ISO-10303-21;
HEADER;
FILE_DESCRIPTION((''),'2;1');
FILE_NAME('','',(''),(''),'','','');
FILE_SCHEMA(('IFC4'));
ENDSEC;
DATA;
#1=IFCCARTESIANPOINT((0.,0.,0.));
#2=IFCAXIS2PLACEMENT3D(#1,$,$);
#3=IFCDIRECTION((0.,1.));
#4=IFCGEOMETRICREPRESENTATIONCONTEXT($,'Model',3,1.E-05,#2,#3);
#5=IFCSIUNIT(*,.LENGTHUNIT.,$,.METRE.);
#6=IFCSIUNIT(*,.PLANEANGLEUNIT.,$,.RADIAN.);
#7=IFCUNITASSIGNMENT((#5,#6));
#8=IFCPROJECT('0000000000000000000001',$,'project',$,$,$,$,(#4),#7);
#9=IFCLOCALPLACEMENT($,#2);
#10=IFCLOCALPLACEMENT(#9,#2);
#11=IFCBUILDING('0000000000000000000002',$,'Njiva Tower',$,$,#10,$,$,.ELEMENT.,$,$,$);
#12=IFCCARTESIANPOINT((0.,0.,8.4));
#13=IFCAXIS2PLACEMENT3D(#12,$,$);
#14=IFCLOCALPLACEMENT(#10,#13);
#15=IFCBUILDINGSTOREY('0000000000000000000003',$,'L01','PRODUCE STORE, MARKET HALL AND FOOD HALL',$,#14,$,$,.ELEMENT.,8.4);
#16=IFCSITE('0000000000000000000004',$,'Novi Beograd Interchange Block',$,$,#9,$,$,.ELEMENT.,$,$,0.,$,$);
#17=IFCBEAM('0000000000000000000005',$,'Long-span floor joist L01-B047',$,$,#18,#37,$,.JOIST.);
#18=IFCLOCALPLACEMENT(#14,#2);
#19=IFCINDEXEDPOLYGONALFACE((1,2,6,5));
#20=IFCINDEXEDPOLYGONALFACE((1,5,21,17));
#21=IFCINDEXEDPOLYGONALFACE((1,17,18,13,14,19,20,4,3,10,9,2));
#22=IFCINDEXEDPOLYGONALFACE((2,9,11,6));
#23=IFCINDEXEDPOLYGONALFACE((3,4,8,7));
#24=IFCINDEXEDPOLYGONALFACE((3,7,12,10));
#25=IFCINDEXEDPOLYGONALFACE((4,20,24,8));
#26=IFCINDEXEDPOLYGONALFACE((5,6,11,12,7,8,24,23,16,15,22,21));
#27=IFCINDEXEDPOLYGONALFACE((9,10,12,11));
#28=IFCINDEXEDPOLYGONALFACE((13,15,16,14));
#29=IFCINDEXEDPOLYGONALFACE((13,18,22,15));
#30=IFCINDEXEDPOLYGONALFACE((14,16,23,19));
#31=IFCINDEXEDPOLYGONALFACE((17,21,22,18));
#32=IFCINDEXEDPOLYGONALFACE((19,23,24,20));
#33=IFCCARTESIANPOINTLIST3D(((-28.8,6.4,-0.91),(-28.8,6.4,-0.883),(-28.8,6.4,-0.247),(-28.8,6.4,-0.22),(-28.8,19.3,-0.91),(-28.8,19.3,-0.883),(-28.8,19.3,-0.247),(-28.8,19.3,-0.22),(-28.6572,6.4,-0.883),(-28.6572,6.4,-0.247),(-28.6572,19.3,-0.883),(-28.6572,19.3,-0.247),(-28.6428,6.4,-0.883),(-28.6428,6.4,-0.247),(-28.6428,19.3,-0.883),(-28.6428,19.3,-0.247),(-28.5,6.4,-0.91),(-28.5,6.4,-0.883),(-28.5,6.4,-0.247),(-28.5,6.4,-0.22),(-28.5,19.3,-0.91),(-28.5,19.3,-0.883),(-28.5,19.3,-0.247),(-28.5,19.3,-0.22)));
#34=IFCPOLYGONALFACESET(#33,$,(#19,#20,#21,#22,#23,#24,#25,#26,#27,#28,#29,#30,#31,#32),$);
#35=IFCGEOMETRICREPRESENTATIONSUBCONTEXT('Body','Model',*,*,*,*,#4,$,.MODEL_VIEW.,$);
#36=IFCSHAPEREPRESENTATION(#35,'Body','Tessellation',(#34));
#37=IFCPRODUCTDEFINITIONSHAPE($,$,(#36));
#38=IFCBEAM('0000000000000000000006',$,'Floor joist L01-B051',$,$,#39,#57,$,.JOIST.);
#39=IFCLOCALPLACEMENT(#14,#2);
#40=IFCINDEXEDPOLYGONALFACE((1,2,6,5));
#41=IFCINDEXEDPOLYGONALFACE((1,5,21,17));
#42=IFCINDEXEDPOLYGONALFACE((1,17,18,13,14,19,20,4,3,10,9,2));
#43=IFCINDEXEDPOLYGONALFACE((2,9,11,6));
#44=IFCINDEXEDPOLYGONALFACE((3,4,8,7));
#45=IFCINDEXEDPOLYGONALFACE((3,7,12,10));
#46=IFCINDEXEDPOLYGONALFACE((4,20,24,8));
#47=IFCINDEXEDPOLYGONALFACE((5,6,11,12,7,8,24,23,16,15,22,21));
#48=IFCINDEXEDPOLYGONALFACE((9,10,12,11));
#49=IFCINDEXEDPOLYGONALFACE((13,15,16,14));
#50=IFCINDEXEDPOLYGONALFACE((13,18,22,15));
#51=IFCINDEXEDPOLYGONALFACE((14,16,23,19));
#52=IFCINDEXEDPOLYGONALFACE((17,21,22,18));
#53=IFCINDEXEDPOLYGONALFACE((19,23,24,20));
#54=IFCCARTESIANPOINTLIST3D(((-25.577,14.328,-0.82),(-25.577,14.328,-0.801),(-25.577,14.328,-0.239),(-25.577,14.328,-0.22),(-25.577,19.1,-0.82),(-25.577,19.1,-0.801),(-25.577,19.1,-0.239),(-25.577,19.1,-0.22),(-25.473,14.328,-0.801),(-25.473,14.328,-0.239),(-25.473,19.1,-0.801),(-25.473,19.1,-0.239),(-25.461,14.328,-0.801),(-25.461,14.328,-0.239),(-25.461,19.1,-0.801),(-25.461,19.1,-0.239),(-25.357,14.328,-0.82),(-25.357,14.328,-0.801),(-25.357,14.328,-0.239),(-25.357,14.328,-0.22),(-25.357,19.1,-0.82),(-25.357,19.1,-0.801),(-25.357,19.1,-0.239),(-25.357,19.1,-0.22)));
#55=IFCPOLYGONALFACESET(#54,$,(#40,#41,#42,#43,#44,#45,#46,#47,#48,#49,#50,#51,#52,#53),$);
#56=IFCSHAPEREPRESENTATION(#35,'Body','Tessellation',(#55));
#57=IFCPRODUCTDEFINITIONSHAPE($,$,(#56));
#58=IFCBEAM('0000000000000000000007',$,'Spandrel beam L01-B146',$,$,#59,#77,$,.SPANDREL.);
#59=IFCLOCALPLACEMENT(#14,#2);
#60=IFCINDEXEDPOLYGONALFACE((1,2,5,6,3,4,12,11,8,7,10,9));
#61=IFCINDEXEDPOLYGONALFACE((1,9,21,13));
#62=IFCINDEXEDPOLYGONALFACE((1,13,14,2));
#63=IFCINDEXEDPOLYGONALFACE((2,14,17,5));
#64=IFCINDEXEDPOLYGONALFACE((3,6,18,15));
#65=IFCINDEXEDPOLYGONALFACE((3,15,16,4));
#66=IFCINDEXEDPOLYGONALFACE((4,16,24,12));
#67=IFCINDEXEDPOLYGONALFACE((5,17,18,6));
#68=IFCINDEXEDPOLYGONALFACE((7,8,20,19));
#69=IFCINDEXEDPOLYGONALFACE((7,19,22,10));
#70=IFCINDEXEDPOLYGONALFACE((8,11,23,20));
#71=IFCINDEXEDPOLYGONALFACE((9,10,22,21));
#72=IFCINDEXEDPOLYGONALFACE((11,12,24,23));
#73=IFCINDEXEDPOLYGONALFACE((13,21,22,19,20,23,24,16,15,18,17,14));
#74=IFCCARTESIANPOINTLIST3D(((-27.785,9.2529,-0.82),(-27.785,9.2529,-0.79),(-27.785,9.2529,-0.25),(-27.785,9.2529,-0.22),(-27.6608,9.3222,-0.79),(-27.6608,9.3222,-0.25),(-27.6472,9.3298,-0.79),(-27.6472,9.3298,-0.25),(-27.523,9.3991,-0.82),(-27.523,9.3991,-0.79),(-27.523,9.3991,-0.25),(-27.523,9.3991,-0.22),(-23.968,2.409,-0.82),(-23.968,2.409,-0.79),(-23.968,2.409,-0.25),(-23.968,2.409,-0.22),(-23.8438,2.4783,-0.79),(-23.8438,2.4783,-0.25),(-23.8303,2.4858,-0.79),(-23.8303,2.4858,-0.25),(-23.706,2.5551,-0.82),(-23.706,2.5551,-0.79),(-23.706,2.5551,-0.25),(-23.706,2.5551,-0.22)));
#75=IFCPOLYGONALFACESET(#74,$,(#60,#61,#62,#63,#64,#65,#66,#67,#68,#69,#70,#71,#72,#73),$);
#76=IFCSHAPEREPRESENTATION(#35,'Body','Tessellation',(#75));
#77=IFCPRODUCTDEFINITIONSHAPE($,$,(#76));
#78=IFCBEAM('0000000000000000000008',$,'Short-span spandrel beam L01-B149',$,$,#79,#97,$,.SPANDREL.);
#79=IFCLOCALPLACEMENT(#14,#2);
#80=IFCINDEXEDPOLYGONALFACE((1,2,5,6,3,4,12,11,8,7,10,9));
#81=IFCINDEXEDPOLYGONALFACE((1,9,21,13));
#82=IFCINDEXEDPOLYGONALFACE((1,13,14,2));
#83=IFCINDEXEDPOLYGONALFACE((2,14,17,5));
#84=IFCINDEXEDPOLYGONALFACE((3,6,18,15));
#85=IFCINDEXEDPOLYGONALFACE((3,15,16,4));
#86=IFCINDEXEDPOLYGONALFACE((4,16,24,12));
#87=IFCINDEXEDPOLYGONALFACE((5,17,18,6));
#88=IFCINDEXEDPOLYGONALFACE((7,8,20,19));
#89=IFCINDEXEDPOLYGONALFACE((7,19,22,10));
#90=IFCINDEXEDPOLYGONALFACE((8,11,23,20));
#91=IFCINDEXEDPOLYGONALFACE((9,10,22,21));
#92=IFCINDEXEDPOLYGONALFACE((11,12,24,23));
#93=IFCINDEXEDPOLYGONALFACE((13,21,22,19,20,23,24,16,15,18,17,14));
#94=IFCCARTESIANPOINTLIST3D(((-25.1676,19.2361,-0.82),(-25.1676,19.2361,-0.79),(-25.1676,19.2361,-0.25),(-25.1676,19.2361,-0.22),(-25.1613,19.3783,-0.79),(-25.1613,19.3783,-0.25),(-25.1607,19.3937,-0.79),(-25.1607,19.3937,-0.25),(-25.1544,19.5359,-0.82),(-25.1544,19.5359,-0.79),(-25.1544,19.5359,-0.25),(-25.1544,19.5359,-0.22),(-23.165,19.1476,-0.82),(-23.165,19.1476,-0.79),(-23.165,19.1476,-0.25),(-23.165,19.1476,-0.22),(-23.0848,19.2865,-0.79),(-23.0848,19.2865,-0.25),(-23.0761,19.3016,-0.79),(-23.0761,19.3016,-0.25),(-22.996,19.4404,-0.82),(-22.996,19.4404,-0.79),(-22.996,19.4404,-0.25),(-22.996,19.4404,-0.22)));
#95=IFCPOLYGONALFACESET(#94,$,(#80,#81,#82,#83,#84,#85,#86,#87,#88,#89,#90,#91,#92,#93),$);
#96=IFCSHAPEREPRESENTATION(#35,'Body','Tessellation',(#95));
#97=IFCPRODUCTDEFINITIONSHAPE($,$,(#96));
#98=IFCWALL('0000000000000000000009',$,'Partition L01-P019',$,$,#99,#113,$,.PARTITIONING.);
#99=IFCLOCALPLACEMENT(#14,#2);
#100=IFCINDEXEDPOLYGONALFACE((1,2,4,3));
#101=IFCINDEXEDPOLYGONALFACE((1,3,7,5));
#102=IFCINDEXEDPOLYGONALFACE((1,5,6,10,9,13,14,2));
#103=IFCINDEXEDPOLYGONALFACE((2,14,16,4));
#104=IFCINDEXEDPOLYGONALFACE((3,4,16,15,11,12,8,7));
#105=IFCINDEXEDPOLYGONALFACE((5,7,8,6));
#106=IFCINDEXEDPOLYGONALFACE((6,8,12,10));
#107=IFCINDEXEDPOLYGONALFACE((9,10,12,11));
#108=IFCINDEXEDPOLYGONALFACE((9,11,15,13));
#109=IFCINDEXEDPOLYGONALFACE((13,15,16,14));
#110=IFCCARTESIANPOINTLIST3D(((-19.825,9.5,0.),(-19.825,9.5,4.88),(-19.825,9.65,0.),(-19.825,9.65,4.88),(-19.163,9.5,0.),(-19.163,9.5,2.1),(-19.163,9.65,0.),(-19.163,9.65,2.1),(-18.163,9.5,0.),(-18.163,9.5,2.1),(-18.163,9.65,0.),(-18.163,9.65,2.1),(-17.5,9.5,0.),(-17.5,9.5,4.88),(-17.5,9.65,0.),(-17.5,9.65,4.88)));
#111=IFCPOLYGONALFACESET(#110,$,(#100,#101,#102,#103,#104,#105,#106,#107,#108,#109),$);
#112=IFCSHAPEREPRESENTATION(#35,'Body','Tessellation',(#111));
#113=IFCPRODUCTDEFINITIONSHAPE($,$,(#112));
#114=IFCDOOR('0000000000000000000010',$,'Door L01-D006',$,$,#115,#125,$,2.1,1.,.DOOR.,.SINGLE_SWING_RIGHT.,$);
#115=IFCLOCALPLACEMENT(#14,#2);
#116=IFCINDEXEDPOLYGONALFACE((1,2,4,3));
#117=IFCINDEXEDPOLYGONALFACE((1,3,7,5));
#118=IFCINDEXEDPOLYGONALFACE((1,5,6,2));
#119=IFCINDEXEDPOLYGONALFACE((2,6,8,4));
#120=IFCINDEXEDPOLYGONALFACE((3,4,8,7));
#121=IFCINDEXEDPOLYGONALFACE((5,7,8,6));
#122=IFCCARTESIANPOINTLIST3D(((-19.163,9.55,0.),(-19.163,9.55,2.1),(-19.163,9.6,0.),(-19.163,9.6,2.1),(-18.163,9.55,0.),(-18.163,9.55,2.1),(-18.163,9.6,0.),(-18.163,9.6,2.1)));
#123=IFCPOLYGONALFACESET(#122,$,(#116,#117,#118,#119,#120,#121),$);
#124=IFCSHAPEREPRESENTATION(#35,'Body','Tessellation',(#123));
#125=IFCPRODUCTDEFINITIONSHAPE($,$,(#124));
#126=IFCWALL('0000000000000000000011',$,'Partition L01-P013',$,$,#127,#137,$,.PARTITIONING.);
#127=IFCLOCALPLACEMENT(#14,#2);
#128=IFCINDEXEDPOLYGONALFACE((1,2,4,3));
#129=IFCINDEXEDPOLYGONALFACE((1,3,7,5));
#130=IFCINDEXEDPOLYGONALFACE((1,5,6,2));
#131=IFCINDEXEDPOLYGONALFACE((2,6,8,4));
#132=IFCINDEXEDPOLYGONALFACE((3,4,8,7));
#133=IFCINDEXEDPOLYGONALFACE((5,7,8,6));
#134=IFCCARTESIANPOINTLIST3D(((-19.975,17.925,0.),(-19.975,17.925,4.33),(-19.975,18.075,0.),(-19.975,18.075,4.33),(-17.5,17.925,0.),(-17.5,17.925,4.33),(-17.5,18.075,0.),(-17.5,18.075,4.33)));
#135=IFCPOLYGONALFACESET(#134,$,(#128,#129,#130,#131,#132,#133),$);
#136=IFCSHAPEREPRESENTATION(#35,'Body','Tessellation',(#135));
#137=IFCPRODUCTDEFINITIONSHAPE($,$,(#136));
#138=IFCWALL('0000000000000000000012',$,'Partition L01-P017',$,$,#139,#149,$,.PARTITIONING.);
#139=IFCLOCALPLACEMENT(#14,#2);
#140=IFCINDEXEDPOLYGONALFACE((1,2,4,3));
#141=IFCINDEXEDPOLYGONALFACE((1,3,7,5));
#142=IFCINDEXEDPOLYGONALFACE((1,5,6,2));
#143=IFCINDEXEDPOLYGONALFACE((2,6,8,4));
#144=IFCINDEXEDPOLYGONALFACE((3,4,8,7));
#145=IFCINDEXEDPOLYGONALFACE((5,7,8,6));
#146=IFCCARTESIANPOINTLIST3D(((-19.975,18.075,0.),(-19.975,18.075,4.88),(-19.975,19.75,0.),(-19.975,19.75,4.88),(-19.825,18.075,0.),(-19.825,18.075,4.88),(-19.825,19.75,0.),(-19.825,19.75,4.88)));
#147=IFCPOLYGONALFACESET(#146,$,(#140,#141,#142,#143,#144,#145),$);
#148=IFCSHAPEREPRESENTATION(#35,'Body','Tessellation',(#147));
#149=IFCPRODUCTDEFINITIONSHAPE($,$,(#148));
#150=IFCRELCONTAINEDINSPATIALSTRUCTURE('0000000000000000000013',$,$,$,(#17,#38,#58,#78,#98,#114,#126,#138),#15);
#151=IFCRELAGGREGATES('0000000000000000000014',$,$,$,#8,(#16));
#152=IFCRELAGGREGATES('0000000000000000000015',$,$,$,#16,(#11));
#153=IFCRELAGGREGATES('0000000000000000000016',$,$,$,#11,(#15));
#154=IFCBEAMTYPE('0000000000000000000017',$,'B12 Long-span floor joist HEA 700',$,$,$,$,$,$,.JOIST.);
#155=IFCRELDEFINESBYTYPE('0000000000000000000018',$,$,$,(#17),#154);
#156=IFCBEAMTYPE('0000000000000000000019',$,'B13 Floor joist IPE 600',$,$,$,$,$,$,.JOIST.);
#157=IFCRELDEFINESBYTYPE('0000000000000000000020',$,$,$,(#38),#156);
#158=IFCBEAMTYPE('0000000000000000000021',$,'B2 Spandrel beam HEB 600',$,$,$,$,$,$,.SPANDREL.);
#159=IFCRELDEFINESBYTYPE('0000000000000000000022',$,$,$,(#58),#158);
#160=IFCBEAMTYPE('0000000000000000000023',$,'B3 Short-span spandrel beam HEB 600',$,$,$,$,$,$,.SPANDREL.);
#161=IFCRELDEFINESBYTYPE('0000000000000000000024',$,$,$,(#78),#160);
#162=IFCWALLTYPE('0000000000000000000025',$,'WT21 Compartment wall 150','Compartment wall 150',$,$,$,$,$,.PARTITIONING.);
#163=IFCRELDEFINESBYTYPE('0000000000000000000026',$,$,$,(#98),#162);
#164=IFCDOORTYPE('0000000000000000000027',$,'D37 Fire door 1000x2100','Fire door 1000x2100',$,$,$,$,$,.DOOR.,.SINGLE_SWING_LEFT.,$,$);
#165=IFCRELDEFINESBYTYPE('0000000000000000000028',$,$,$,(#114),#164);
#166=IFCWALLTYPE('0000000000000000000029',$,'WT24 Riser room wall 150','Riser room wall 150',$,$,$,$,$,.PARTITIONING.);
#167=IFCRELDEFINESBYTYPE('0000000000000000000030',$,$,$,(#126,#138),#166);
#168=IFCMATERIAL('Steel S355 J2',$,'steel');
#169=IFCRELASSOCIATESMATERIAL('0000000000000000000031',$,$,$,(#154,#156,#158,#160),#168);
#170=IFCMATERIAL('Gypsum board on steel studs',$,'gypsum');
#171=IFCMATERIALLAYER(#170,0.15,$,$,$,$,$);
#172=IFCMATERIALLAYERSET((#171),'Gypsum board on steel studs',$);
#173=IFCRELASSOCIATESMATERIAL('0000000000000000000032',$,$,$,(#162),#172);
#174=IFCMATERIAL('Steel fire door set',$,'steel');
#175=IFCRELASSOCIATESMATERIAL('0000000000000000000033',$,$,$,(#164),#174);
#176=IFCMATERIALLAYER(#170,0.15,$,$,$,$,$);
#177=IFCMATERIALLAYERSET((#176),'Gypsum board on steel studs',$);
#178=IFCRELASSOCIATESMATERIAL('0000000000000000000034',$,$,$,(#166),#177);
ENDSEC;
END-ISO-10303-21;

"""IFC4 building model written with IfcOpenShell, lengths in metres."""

from ifc_helpers import new_model, si_unit, direction, frame, frame_2d, origin, origin_2d, place, context, subcontext, project, spatial, rectangle, i_section, extrude, clip, halfspace, material, layer, layer_set, material_profile, profile_set, type_object, element, fill, save


model = new_model("IFC4")

# Units and contexts
model_context = context("Model", 3, precision=1e-05, world=origin(), true_north=direction((0.0, 1.0)))
body_context = subcontext(model_context, "Body", "Model", "MODEL_VIEW")
ifc_project = project(units=[si_unit("LENGTHUNIT", "METRE"), si_unit("PLANEANGLEUNIT", "RADIAN")], contexts=[model_context])

# Site, building, storey
site_placement = place(None, origin())
site = spatial("IfcSite", under=ifc_project, at=site_placement, Name="Novi Beograd Interchange Block", CompositionType="ELEMENT", RefElevation=0.0)
building_placement = place(site_placement, origin())
building = spatial("IfcBuilding", under=site, at=building_placement, Name="Njiva Tower", CompositionType="ELEMENT")
storey_placement = place(building_placement, frame((0.0, 0.0, 8.4)))
storey = spatial("IfcBuildingStorey", under=building, at=storey_placement, Name="L01", Description="PRODUCE STORE, MARKET HALL AND FOOD HALL", CompositionType="ELEMENT", Elevation=8.4)

# Shared definitions
ifc_material_1 = material(Name="Steel S355 J2", Category="steel")

# Beams
ifc_material_profile_1 = material_profile(ifc_material_1, i_section(OverallWidth=0.3, OverallDepth=0.69, WebThickness=0.0145, FlangeThickness=0.027, at=origin_2d()), Name="HEA 700")
ifc_profile_set_1 = profile_set([ifc_material_profile_1], Name="Steel S355 J2")
beam_type_1 = type_object("IfcBeamType", Name="B12 Long-span floor joist HEA 700", PredefinedType="JOIST", material=ifc_profile_set_1)
beam_1_placement = place(storey_placement, frame((-28.65, 19.3, -0.565), z_axis=(0.0, -1.0, 0.0), x_axis=(1.0, 0.0, 0.0)))
element("IfcBeam", 1, at=beam_1_placement, inside=storey, type_object=beam_type_1, Name="Long-span floor joist L01-B047", PredefinedType="JOIST", context=body_context, shape_type="SweptSolid", body=[
    extrude(i_section(OverallWidth=0.3, OverallDepth=0.69, WebThickness=0.0145, FlangeThickness=0.027, at=origin_2d()), origin(), (0.0, 0.0, 1.0), 12.9),
])
ifc_material_profile_2 = material_profile(ifc_material_1, i_section(OverallWidth=0.22, OverallDepth=0.6, WebThickness=0.012, FlangeThickness=0.019, at=origin_2d()), Name="IPE 600")
ifc_profile_set_2 = profile_set([ifc_material_profile_2], Name="Steel S355 J2")
beam_type_2 = type_object("IfcBeamType", Name="B13 Floor joist IPE 600", PredefinedType="JOIST", material=ifc_profile_set_2)
beam_2_placement = place(storey_placement, frame((-25.467, 19.1, -0.52), z_axis=(0.0, -1.0, 0.0), x_axis=(1.0, 0.0, 0.0)))
element("IfcBeam", 2, at=beam_2_placement, inside=storey, type_object=beam_type_2, Name="Floor joist L01-B051", PredefinedType="JOIST", context=body_context, shape_type="SweptSolid", body=[
    extrude(i_section(OverallWidth=0.22, OverallDepth=0.6, WebThickness=0.012, FlangeThickness=0.019, at=origin_2d()), origin(), (0.0, 0.0, 1.0), 4.772),
])
ifc_material_profile_3 = material_profile(ifc_material_1, i_section(OverallWidth=0.3, OverallDepth=0.6, WebThickness=0.0155, FlangeThickness=0.03, at=origin_2d()), Name="HEB 600")
ifc_profile_set_3 = profile_set([ifc_material_profile_3], Name="Steel S355 J2")
beam_type_3 = type_object("IfcBeamType", Name="B2 Spandrel beam HEB 600", PredefinedType="SPANDREL", material=ifc_profile_set_3)
beam_3_placement = place(storey_placement, frame((-27.654, 9.326, -0.52), z_axis=(0.487083, -0.873356, 0.0), x_axis=(0.873356, 0.487083, 0.0)))
element("IfcBeam", 3, at=beam_3_placement, inside=storey, type_object=beam_type_3, Name="Spandrel beam L01-B146", PredefinedType="SPANDREL", context=body_context, shape_type="SweptSolid", body=[
    extrude(i_section(OverallWidth=0.3, OverallDepth=0.6, WebThickness=0.0155, FlangeThickness=0.03, at=origin_2d()), origin(), (0.0, 0.0, 1.0), 7.8364),
])
ifc_material_profile_4 = material_profile(ifc_material_1, i_section(OverallWidth=0.3, OverallDepth=0.6, WebThickness=0.0155, FlangeThickness=0.03, at=origin_2d()), Name="HEB 600")
ifc_profile_set_4 = profile_set([ifc_material_profile_4], Name="Steel S355 J2")
beam_type_4 = type_object("IfcBeamType", Name="B3 Short-span spandrel beam HEB 600", PredefinedType="SPANDREL", material=ifc_profile_set_4)
beam_4_placement = place(storey_placement, frame((-25.161, 19.386, -0.52), z_axis=(0.999024, -0.044166, 0.0), x_axis=(0.044166, 0.999024, 0.0)))
element("IfcBeam", 4, at=beam_4_placement, inside=storey, type_object=beam_type_4, Name="Short-span spandrel beam L01-B149", PredefinedType="SPANDREL", context=body_context, shape_type="Clipping", body=[
    clip(extrude(i_section(OverallWidth=0.3, OverallDepth=0.6, WebThickness=0.0155, FlangeThickness=0.03, at=origin_2d()), origin(), (0.0, 0.0, 1.0), 2.181), halfspace(frame((-0.0228, 0.0, 2.0707), z_axis=(-0.461261, 0.0, 0.887265), x_axis=(0.0, 1.0, 0.0)), False)),
])

# Wall, opening, door
ifc_material_2 = material(Name="Gypsum board on steel studs", Category="gypsum")
ifc_layer_1 = layer(ifc_material_2, 0.15)
ifc_layer_set_1 = layer_set([ifc_layer_1], Name="Gypsum board on steel studs")
wall_type_1 = type_object("IfcWallType", Name="WT21 Compartment wall 150", Description="Compartment wall 150", PredefinedType="PARTITIONING", material=ifc_layer_set_1)
wall_1_placement = place(storey_placement, frame((-19.825, 9.575, 0.0), z_axis=(0.0, 0.0, 1.0), x_axis=(1.0, 0.0, 0.0)))
wall_1 = element("IfcWall", 5, at=wall_1_placement, inside=storey, type_object=wall_type_1, Name="Partition L01-P019", PredefinedType="PARTITIONING", context=body_context, shape_type="SweptSolid", body=[
    extrude(rectangle(XDim=2.325, YDim=0.15, at=frame_2d((1.1625, 0.0))), origin(), (0.0, 0.0, 1.0), 4.88),
])
opening_placement = place(wall_1_placement, frame((0.662, 0.0, 0.0)))
opening = element("IfcOpeningElement", 6, at=opening_placement, cuts=wall_1, PredefinedType="OPENING", context=body_context, shape_type="SweptSolid", body=[
    extrude(rectangle(XDim=1.0, YDim=2.1, at=frame_2d((0.5, 1.05))), frame((0.0, 0.085, 0.0), z_axis=(0.0, -1.0, 0.0), x_axis=(1.0, 0.0, 0.0)), (0.0, 0.0, 1.0), 0.17),
])
ifc_material_3 = material(Name="Steel fire door set", Category="steel")
door_type = type_object("IfcDoorType", Name="D37 Fire door 1000x2100", Description="Fire door 1000x2100", OperationType="SINGLE_SWING_LEFT", PredefinedType="DOOR", material=ifc_material_3)
door_placement = place(opening_placement, origin())
door = element("IfcDoor", 7, at=door_placement, inside=storey, type_object=door_type, Name="Door L01-D006", OperationType="SINGLE_SWING_RIGHT", OverallHeight=2.1, OverallWidth=1.0, PredefinedType="DOOR", context=body_context, shape_type="SweptSolid", body=[
    extrude(rectangle(XDim=1.0, YDim=2.1, at=frame_2d((0.5, 1.05))), frame((0.0, 0.025, 0.0), z_axis=(0.0, -1.0, 0.0), x_axis=(1.0, 0.0, 0.0)), (0.0, 0.0, 1.0), 0.05),
])
fill(opening, door)

# Walls
ifc_layer_2 = layer(ifc_material_2, 0.15)
ifc_layer_set_2 = layer_set([ifc_layer_2], Name="Gypsum board on steel studs")
wall_type_2 = type_object("IfcWallType", Name="WT24 Riser room wall 150", Description="Riser room wall 150", PredefinedType="PARTITIONING", material=ifc_layer_set_2)
wall_2_placement = place(storey_placement, frame((-19.975, 18.0, 0.0), z_axis=(0.0, 0.0, 1.0), x_axis=(1.0, 0.0, 0.0)))
element("IfcWall", 8, at=wall_2_placement, inside=storey, type_object=wall_type_2, Name="Partition L01-P013", PredefinedType="PARTITIONING", context=body_context, shape_type="SweptSolid", body=[
    extrude(rectangle(XDim=2.475, YDim=0.15, at=frame_2d((1.2375, 0.0))), origin(), (0.0, 0.0, 1.0), 4.33),
])
wall_3_placement = place(storey_placement, frame((-19.9, 18.075, 0.0), z_axis=(0.0, 0.0, 1.0), x_axis=(0.0, 1.0, 0.0)))
element("IfcWall", 9, at=wall_3_placement, inside=storey, type_object=wall_type_2, Name="Partition L01-P017", PredefinedType="PARTITIONING", context=body_context, shape_type="SweptSolid", body=[
    extrude(rectangle(XDim=1.675, YDim=0.15, at=frame_2d((0.8375, 0.0))), origin(), (0.0, 0.0, 1.0), 4.88),
])

save(model, "model.ifc")
